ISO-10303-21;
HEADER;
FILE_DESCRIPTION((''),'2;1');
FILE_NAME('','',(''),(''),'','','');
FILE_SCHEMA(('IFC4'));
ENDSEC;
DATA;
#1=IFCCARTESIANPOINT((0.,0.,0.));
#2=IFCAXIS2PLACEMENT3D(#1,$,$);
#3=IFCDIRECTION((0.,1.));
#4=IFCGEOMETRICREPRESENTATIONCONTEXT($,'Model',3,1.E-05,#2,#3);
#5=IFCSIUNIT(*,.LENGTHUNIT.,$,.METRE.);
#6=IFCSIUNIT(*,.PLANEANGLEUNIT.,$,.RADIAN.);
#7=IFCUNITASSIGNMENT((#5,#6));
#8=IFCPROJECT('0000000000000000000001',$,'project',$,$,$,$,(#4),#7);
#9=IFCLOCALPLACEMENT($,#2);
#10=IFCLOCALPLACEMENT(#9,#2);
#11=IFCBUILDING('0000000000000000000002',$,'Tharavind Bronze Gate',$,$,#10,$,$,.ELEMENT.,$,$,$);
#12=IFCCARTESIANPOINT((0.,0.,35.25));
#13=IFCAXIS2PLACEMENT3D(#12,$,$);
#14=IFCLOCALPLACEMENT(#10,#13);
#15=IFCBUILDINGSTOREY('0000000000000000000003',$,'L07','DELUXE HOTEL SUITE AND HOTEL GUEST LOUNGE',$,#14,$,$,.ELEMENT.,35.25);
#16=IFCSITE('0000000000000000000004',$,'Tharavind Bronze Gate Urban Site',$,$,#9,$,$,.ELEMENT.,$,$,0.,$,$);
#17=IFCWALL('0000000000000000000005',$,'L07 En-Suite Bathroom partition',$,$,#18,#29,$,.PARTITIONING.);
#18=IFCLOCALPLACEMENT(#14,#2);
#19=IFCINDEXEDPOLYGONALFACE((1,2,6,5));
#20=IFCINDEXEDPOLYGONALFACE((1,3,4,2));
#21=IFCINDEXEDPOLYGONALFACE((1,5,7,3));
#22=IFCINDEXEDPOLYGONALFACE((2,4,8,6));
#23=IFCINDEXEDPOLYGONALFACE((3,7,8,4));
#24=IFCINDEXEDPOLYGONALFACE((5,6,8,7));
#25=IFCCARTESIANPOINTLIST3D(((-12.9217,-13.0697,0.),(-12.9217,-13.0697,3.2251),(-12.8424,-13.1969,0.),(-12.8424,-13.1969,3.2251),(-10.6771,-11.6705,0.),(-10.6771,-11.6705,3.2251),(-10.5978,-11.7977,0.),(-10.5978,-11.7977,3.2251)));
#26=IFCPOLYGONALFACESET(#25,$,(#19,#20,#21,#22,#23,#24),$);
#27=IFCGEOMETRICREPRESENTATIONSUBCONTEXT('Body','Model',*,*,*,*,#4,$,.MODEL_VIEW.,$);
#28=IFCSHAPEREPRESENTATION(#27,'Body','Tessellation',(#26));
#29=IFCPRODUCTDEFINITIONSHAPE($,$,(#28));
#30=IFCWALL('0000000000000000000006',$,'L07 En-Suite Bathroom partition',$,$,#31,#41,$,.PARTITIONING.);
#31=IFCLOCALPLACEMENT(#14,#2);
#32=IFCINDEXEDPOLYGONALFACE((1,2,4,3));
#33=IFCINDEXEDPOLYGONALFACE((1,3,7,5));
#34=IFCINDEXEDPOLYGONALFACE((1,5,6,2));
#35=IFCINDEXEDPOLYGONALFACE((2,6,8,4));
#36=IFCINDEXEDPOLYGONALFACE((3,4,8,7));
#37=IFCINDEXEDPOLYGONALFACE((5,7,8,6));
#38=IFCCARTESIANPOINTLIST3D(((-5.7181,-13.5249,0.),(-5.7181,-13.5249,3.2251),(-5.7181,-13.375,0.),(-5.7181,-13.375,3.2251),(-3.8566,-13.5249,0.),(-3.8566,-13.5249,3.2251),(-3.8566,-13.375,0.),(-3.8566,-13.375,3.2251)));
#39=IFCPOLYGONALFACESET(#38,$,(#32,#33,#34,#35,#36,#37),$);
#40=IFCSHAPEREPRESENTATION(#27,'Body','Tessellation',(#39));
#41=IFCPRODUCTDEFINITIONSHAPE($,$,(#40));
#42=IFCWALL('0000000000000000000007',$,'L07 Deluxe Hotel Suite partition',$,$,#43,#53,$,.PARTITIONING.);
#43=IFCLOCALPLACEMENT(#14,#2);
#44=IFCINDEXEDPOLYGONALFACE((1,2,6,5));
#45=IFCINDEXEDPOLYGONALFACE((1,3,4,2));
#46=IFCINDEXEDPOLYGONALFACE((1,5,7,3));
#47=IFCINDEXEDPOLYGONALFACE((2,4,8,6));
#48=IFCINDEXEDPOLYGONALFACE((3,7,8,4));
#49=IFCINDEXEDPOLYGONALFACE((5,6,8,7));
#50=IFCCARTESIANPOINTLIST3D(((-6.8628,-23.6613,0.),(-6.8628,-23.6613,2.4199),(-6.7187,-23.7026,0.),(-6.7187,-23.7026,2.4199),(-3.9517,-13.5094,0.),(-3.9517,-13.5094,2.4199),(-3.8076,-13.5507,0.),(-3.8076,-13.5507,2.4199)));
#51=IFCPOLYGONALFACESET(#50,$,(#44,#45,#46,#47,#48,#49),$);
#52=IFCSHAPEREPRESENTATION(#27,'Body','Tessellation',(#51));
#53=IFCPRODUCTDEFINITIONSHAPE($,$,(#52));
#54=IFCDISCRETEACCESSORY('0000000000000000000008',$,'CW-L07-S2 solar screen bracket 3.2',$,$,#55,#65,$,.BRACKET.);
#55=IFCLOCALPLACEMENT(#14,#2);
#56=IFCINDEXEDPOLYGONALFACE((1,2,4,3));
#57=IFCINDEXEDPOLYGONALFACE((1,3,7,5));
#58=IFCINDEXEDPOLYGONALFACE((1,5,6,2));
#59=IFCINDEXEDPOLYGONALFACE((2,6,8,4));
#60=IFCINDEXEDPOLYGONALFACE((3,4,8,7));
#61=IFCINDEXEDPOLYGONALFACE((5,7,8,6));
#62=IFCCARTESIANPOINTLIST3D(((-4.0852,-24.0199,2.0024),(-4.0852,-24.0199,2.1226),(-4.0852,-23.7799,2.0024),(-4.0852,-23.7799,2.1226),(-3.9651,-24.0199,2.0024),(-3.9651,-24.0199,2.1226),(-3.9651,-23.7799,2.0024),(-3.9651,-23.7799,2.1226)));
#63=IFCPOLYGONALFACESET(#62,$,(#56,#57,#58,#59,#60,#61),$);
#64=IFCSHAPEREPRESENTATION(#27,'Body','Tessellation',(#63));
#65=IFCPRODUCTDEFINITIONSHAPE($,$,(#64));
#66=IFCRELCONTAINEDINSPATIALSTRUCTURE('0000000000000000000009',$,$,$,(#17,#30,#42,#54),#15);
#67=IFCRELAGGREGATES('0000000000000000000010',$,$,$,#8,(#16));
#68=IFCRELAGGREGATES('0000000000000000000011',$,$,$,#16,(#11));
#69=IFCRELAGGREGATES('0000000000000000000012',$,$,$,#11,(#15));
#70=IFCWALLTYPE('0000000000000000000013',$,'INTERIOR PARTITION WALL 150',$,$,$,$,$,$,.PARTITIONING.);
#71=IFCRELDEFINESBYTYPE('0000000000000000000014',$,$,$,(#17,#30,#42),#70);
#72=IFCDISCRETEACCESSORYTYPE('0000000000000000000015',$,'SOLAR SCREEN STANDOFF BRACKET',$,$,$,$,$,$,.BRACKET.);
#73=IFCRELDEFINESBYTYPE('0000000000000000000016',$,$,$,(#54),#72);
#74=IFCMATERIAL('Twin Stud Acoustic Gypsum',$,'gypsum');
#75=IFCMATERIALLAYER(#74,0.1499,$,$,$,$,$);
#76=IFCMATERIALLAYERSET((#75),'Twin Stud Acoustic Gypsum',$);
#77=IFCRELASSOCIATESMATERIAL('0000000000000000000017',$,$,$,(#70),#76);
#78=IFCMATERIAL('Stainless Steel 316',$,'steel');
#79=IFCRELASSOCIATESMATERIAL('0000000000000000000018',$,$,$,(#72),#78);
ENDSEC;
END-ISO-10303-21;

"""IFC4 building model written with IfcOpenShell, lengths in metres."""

from ifc_helpers import new_model, si_unit, direction, frame, frame_2d, origin, origin_2d, place, context, subcontext, project, spatial, rectangle, extrude, material, layer, layer_set, type_object, element, save


model = new_model("IFC4")

# Units and contexts
model_context = context("Model", 3, precision=1e-05, world=origin(), true_north=direction((0.0, 1.0)))
body_context = subcontext(model_context, "Body", "Model", "MODEL_VIEW")
ifc_project = project(units=[si_unit("LENGTHUNIT", "METRE"), si_unit("PLANEANGLEUNIT", "RADIAN")], contexts=[model_context])

# Site, building, storey
site_placement = place(None, origin())
site = spatial("IfcSite", under=ifc_project, at=site_placement, Name="Tharavind Bronze Gate Urban Site", CompositionType="ELEMENT", RefElevation=0.0)
building_placement = place(site_placement, origin())
building = spatial("IfcBuilding", under=site, at=building_placement, Name="Tharavind Bronze Gate", CompositionType="ELEMENT")
storey_placement = place(building_placement, frame((0.0, 0.0, 35.25)))
storey = spatial("IfcBuildingStorey", under=building, at=storey_placement, Name="L07", Description="DELUXE HOTEL SUITE AND HOTEL GUEST LOUNGE", CompositionType="ELEMENT", Elevation=35.25)

# Walls
ifc_material_1 = material(Name="Twin Stud Acoustic Gypsum", Category="gypsum")
ifc_layer_1 = layer(ifc_material_1, 0.1499)
ifc_layer_set_1 = layer_set([ifc_layer_1], Name="Twin Stud Acoustic Gypsum")
wall_type_1 = type_object("IfcWallType", Name="INTERIOR PARTITION WALL 150", PredefinedType="PARTITIONING", material=ifc_layer_set_1)
wall_1_placement = place(storey_placement, frame((-10.6375, -11.7341, 0.0), z_axis=(0.0, 0.0, 1.0), x_axis=(-0.84863, -0.528986, 0.0)))
element("IfcWall", 1, at=wall_1_placement, inside=storey, type_object=wall_type_1, Name="L07 En-Suite Bathroom partition", PredefinedType="PARTITIONING", context=body_context, shape_type="SweptSolid", body=[
    extrude(rectangle(XDim=2.645, YDim=0.1499, at=frame_2d((1.3225, 0.0))), origin(), (0.0, 0.0, 1.0), 3.2251),
])
wall_2_placement = place(storey_placement, frame((-3.8567, -13.45, 0.0), z_axis=(0.0, 0.0, 1.0), x_axis=(-1.0, 0.0, 0.0)))
element("IfcWall", 2, at=wall_2_placement, inside=storey, type_object=wall_type_1, Name="L07 En-Suite Bathroom partition", PredefinedType="PARTITIONING", context=body_context, shape_type="SweptSolid", body=[
    extrude(rectangle(XDim=1.8616, YDim=0.1499, at=frame_2d((0.9307, 0.0))), origin(), (0.0, 0.0, 1.0), 3.2251),
])
wall_3_placement = place(storey_placement, frame((-3.8796, -13.53, 0.0), z_axis=(0.0, 0.0, 1.0), x_axis=(-0.275649, -0.961258, 0.0)))
element("IfcWall", 3, at=wall_3_placement, inside=storey, type_object=wall_type_1, Name="L07 Deluxe Hotel Suite partition", PredefinedType="PARTITIONING", context=body_context, shape_type="SweptSolid", body=[
    extrude(rectangle(XDim=10.561, YDim=0.1499, at=frame_2d((5.2805, 0.0))), origin(), (0.0, 0.0, 1.0), 2.4199),
])

# Discrete accessory
ifc_material_2 = material(Name="Stainless Steel 316", Category="steel")
discrete_accessory_type = type_object("IfcDiscreteAccessoryType", Name="SOLAR SCREEN STANDOFF BRACKET", PredefinedType="BRACKET", material=ifc_material_2)
discrete_accessory_placement = place(storey_placement, frame((-4.0251, -23.8999, 2.0024), z_axis=(0.0, 0.0, 1.0), x_axis=(1.0, 0.0, 0.0)))
element("IfcDiscreteAccessory", 4, at=discrete_accessory_placement, inside=storey, type_object=discrete_accessory_type, Name="CW-L07-S2 solar screen bracket 3.2", PredefinedType="BRACKET", context=body_context, shape_type="SweptSolid", body=[
    extrude(rectangle(XDim=0.1201, YDim=0.24, at=origin_2d()), origin(), (0.0, 0.0, 1.0), 0.1201),
])

save(model, "model.ifc")
